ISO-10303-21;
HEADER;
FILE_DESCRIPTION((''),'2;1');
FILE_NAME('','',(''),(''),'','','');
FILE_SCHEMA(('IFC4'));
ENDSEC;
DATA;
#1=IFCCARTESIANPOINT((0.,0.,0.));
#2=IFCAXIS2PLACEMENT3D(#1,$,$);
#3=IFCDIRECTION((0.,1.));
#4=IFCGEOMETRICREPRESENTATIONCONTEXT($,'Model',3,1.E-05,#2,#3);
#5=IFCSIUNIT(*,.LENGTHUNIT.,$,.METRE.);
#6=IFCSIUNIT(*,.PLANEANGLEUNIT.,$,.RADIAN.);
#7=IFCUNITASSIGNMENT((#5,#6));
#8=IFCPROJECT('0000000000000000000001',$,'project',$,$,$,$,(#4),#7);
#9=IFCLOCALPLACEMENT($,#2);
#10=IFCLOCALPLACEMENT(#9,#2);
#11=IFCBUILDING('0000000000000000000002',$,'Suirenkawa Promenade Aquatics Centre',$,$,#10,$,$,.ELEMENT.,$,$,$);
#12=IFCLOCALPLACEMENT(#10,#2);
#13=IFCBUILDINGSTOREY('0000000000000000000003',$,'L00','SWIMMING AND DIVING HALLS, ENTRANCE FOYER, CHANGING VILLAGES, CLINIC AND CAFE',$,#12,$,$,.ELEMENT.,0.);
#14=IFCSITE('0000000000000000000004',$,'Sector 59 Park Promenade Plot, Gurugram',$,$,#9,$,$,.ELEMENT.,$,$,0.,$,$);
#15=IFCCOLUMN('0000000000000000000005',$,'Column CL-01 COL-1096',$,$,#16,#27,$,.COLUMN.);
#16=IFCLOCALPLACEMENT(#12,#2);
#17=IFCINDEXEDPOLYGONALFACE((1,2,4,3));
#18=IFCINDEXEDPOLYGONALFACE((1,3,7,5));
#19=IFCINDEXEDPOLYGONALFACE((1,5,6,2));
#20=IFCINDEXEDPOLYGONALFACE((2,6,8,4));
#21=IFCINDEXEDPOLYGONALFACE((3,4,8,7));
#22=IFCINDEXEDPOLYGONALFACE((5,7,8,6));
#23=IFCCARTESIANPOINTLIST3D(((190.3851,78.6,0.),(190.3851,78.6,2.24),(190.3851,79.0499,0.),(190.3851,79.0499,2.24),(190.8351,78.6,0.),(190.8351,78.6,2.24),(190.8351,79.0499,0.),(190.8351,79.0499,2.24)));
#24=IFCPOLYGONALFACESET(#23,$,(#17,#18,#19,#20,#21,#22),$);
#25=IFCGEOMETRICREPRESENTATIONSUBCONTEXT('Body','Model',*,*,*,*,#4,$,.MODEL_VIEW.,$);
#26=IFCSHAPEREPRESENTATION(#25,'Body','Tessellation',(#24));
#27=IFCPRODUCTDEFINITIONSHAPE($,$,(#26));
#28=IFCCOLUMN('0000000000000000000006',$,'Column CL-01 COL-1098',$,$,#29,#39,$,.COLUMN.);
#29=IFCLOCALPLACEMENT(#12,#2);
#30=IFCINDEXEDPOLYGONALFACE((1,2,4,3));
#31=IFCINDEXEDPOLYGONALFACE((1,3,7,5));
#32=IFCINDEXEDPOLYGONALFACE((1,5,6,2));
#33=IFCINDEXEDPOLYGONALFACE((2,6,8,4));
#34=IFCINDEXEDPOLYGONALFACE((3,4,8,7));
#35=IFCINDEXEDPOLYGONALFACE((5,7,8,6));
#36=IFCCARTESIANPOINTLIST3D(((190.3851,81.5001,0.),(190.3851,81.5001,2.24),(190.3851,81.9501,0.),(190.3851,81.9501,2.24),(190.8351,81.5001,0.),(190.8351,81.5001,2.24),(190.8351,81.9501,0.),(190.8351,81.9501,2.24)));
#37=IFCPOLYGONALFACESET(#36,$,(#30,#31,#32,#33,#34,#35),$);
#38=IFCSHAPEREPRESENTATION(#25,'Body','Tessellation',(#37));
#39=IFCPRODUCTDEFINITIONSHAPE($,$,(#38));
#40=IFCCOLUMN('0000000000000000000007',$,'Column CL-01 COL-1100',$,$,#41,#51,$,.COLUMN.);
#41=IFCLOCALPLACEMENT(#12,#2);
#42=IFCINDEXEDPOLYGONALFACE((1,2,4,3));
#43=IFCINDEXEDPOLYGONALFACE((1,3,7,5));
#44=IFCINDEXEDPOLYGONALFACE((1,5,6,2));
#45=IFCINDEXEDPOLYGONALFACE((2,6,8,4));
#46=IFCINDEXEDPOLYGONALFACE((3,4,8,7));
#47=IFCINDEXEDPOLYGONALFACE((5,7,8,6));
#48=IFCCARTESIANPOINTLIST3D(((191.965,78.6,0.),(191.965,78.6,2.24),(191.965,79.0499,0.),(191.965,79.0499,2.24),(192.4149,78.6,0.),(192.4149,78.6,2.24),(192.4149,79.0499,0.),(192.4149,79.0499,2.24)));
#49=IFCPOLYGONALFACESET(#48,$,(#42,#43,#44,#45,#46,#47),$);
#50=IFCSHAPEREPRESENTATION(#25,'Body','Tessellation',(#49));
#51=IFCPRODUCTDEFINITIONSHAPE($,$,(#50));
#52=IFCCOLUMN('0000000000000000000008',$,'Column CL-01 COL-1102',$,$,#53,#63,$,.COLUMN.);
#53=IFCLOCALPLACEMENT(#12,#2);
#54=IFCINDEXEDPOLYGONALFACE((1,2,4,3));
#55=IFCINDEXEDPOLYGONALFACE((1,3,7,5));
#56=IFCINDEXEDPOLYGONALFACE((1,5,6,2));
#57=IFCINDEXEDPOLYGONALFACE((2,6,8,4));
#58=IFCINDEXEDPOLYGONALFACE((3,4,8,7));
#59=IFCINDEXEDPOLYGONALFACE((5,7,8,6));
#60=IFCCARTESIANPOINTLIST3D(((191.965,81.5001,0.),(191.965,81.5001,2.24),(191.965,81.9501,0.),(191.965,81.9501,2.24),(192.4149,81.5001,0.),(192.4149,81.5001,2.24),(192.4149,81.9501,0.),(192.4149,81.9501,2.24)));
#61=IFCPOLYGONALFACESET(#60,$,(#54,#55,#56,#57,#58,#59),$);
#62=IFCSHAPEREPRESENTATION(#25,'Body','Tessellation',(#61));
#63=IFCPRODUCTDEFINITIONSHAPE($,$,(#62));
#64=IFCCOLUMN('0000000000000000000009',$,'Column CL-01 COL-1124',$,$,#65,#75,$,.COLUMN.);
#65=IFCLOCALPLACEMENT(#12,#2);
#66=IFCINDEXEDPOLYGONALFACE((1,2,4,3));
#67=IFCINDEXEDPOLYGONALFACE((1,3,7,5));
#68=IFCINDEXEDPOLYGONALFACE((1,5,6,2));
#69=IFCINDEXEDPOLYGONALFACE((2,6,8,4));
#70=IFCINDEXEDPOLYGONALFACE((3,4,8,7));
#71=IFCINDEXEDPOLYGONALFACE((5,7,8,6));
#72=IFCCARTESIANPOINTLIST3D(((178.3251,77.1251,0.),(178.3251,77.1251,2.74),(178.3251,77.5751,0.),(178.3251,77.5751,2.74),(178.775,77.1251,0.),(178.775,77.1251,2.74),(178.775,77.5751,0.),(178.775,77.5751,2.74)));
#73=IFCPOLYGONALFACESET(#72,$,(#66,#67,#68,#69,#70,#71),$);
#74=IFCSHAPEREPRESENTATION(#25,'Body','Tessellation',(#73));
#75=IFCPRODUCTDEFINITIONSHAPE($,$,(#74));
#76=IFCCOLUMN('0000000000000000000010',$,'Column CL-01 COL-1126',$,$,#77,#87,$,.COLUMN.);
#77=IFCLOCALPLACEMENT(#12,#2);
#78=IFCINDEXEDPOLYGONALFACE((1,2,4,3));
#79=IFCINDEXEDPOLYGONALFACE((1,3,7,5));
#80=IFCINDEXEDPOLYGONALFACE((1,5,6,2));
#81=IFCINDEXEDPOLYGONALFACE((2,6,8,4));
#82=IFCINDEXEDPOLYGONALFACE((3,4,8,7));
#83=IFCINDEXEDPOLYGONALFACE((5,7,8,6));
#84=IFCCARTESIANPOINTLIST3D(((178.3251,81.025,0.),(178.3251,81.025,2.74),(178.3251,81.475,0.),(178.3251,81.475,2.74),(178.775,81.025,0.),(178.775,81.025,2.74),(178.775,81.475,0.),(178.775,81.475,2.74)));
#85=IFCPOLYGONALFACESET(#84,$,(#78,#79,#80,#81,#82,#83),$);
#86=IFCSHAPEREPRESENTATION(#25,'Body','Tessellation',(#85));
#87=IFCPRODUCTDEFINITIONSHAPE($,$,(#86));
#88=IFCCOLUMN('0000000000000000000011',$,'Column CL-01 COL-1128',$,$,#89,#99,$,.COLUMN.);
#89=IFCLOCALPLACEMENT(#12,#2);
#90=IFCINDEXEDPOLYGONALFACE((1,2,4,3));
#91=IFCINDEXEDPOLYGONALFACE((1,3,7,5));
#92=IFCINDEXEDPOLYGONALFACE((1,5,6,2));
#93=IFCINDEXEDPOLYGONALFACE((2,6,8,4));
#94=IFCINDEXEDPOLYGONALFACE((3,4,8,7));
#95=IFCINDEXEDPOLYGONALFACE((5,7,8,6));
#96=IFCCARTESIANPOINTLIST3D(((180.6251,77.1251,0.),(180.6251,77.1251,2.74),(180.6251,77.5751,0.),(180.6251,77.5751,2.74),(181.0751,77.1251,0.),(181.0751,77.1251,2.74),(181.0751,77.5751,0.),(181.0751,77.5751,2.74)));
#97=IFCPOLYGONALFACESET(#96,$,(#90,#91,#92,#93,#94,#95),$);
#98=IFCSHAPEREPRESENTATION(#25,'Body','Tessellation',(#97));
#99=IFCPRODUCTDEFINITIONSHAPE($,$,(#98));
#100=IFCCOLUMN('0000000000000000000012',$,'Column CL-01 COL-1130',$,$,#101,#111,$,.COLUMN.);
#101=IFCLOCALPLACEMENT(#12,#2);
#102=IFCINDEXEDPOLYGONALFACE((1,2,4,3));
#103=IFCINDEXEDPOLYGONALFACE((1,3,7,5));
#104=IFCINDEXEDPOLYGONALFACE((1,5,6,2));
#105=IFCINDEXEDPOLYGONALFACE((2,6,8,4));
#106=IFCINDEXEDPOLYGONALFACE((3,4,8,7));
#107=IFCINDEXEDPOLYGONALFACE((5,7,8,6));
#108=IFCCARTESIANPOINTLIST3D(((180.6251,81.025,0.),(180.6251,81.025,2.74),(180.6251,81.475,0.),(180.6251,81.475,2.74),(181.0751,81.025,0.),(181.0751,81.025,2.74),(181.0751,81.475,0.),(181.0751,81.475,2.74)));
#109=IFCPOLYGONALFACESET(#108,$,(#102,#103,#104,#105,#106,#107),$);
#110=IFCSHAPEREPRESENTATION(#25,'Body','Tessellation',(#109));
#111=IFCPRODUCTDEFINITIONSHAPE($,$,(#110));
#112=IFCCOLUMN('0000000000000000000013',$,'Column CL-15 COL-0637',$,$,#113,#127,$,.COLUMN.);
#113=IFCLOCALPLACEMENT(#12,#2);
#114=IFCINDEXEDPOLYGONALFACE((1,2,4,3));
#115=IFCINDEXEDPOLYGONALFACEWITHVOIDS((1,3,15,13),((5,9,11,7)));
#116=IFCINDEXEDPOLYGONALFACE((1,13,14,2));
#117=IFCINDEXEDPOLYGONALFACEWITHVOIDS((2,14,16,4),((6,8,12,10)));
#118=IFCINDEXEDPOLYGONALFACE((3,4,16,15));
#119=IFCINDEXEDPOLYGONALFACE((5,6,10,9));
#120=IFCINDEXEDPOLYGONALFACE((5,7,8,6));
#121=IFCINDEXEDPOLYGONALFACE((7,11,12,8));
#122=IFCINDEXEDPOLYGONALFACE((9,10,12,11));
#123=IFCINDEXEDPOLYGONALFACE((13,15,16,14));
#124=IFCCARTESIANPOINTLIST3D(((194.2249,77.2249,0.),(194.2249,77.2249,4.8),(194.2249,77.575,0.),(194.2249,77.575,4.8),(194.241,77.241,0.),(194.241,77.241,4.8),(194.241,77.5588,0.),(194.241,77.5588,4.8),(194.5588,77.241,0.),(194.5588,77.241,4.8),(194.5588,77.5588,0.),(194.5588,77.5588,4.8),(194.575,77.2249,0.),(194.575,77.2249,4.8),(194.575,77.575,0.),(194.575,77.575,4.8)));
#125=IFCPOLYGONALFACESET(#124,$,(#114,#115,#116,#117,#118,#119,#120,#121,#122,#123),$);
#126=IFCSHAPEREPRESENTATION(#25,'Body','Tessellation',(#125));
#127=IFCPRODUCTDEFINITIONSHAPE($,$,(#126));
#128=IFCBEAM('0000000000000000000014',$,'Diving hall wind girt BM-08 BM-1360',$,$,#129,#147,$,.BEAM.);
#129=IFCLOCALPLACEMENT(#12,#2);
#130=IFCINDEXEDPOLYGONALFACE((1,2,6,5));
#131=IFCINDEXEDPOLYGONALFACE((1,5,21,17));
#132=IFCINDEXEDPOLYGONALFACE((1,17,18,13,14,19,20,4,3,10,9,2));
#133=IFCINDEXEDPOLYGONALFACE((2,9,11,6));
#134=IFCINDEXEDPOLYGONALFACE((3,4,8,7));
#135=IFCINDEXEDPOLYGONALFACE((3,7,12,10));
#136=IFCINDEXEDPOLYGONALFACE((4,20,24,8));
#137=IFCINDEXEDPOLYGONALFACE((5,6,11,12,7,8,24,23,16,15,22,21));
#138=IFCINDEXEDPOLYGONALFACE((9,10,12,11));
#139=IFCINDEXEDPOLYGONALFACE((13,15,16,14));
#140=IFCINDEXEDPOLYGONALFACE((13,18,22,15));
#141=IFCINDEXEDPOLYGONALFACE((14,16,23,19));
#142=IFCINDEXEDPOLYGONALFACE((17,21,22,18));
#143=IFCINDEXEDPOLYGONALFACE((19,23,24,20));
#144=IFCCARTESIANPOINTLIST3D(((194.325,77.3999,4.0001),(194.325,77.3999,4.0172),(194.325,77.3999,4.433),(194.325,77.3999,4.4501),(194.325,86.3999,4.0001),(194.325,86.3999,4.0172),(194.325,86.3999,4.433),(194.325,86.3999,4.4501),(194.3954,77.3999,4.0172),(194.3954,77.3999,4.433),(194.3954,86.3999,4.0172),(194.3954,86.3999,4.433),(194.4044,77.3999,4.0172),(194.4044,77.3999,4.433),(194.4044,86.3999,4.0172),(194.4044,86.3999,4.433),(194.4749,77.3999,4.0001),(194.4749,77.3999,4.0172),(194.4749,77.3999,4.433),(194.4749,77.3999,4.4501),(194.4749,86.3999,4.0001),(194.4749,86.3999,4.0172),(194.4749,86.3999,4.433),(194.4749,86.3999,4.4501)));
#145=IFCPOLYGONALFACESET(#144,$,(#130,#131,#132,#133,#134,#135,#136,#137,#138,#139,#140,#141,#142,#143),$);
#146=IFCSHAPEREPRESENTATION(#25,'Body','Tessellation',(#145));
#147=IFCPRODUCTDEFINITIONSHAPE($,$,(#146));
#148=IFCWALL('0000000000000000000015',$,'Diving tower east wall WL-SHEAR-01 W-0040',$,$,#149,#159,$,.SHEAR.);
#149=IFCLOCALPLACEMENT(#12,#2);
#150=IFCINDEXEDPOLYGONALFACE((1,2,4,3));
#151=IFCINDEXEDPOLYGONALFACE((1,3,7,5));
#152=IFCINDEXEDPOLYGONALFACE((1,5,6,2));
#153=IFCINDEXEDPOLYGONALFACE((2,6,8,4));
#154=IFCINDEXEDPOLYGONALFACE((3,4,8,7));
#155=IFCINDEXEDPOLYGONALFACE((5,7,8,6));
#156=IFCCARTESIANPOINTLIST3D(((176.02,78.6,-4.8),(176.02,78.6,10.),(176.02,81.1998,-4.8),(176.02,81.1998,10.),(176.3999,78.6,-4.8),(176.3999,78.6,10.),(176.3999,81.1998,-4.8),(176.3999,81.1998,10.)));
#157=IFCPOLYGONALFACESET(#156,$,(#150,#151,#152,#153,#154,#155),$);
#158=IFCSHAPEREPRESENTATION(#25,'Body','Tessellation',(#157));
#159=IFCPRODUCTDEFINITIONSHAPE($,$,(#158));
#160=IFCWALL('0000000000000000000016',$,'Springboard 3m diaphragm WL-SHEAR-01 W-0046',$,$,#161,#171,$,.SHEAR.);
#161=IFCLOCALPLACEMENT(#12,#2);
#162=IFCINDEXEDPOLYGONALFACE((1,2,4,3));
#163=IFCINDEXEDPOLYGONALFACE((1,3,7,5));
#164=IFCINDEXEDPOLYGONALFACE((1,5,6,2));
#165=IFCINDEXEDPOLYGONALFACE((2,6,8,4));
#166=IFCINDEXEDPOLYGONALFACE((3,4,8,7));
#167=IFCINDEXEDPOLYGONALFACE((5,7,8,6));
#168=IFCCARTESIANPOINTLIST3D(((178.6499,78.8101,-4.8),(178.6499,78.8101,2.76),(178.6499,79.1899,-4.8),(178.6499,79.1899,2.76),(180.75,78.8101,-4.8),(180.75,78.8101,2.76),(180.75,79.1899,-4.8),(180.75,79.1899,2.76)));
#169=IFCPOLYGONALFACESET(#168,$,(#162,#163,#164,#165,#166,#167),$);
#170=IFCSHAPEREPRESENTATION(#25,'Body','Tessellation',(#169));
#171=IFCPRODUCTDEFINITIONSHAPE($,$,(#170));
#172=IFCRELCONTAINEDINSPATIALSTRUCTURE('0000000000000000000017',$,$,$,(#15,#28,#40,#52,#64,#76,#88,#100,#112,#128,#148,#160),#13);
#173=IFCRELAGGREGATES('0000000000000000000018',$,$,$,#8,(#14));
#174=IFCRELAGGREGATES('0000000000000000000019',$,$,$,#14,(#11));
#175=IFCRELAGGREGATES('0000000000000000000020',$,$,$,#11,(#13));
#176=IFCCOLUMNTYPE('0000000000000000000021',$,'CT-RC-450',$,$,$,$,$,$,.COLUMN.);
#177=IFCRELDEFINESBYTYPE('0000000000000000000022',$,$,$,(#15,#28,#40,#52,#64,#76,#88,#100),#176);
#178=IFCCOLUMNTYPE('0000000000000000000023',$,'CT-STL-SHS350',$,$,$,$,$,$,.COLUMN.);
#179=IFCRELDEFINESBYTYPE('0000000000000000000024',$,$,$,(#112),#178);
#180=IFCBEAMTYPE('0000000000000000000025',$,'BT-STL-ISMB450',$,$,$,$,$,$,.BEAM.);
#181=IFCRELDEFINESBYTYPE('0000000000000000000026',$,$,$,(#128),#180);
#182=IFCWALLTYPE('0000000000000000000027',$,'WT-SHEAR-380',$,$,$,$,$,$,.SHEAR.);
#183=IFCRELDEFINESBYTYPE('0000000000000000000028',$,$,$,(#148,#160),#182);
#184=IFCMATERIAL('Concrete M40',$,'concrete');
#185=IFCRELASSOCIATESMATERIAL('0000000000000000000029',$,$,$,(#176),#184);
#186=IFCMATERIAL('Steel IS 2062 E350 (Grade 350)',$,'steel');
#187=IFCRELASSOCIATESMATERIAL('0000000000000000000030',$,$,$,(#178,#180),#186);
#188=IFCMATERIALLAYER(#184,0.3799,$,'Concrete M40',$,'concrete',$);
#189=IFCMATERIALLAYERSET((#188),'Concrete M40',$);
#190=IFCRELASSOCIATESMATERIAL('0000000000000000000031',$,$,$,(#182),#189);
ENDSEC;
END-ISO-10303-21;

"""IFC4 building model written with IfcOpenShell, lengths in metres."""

from ifc_helpers import new_model, si_unit, direction, frame, frame_2d, origin, origin_2d, place, context, subcontext, project, spatial, rectangle, hollow_rectangle, i_section, extrude, material, layer, layer_set, material_profile, profile_set, type_object, element, save


model = new_model("IFC4")

# Units and contexts
model_context = context("Model", 3, precision=1e-05, world=origin(), true_north=direction((0.0, 1.0)))
body_context = subcontext(model_context, "Body", "Model", "MODEL_VIEW")
ifc_project = project(units=[si_unit("LENGTHUNIT", "METRE"), si_unit("PLANEANGLEUNIT", "RADIAN")], contexts=[model_context])

# Site, building, storey
site_placement = place(None, origin())
site = spatial("IfcSite", under=ifc_project, at=site_placement, Name="Sector 59 Park Promenade Plot, Gurugram", CompositionType="ELEMENT", RefElevation=0.0)
building_placement = place(site_placement, origin())
building = spatial("IfcBuilding", under=site, at=building_placement, Name="Suirenkawa Promenade Aquatics Centre", CompositionType="ELEMENT")
storey_placement = place(building_placement, origin())
storey = spatial("IfcBuildingStorey", under=building, at=storey_placement, Name="L00", Description="SWIMMING AND DIVING HALLS, ENTRANCE FOYER, CHANGING VILLAGES, CLINIC AND CAFE", CompositionType="ELEMENT", Elevation=0.0)

# Columns
ifc_material_1 = material(Name="Concrete M40", Category="concrete")
ifc_material_profile_1 = material_profile(ifc_material_1, rectangle(XDim=0.45, YDim=0.45, at=origin_2d()), Name="RC COL 450x450", Category="concrete")
ifc_profile_set_1 = profile_set([ifc_material_profile_1], Name="Concrete M40")
column_type_1 = type_object("IfcColumnType", Name="CT-RC-450", PredefinedType="COLUMN", material=ifc_profile_set_1)
for number, where, z_axis, x_axis, name in (
    (1, (190.6101, 78.825, 0.0), (0.0, 0.0, 1.0), (1.0, 0.0, 0.0), "Column CL-01 COL-1096"),
    (2, (190.6101, 81.7251, 0.0), (0.0, 0.0, 1.0), (1.0, 0.0, 0.0), "Column CL-01 COL-1098"),
    (3, (192.1899, 78.825, 0.0), (0.0, 0.0, 1.0), (1.0, 0.0, 0.0), "Column CL-01 COL-1100"),
    (4, (192.1899, 81.7251, 0.0), (0.0, 0.0, 1.0), (1.0, 0.0, 0.0), "Column CL-01 COL-1102"),
):
    element("IfcColumn", number, at=place(storey_placement, frame(where, z_axis=z_axis, x_axis=x_axis)), inside=storey, type_object=column_type_1, Name=name, PredefinedType="COLUMN", context=body_context, shape_type="SweptSolid", body=[
        extrude(rectangle(XDim=0.45, YDim=0.45, at=origin_2d()), origin(), (0.0, 0.0, 1.0), 2.24),
    ])
for number, where, z_axis, x_axis, name in (
    (5, (178.55, 77.3501, 0.0), (0.0, 0.0, 1.0), (1.0, 0.0, 0.0), "Column CL-01 COL-1124"),
    (6, (178.55, 81.25, 0.0), (0.0, 0.0, 1.0), (1.0, 0.0, 0.0), "Column CL-01 COL-1126"),
    (7, (180.8501, 77.3501, 0.0), (0.0, 0.0, 1.0), (1.0, 0.0, 0.0), "Column CL-01 COL-1128"),
    (8, (180.8501, 81.25, 0.0), (0.0, 0.0, 1.0), (1.0, 0.0, 0.0), "Column CL-01 COL-1130"),
):
    element("IfcColumn", number, at=place(storey_placement, frame(where, z_axis=z_axis, x_axis=x_axis)), inside=storey, type_object=column_type_1, Name=name, PredefinedType="COLUMN", context=body_context, shape_type="SweptSolid", body=[
        extrude(rectangle(XDim=0.45, YDim=0.45, at=origin_2d()), origin(), (0.0, 0.0, 1.0), 2.74),
    ])
ifc_material_2 = material(Name="Steel IS 2062 E350 (Grade 350)", Category="steel")
ifc_material_profile_2 = material_profile(ifc_material_2, hollow_rectangle(XDim=0.3501, YDim=0.3501, WallThickness=0.0161, at=origin_2d()), Name="SHS 350x350x16", Category="steel")
ifc_profile_set_2 = profile_set([ifc_material_profile_2], Name="Steel IS 2062 E350 (Grade 350)")
column_type_2 = type_object("IfcColumnType", Name="CT-STL-SHS350", PredefinedType="COLUMN", material=ifc_profile_set_2)
column_placement = place(storey_placement, frame((194.3999, 77.3999, 0.0), z_axis=(0.0, 0.0, 1.0), x_axis=(1.0, 0.0, 0.0)))
element("IfcColumn", 9, at=column_placement, inside=storey, type_object=column_type_2, Name="Column CL-15 COL-0637", PredefinedType="COLUMN", context=body_context, shape_type="SweptSolid", body=[
    extrude(hollow_rectangle(XDim=0.3501, YDim=0.3501, WallThickness=0.0161, at=origin_2d()), origin(), (0.0, 0.0, 1.0), 4.8),
])

# Beam
ifc_material_profile_3 = material_profile(ifc_material_2, i_section(OverallWidth=0.1499, OverallDepth=0.45, WebThickness=0.009, FlangeThickness=0.0171, at=origin_2d()), Name="ISMB 450", Category="steel")
ifc_profile_set_3 = profile_set([ifc_material_profile_3], Name="Steel IS 2062 E350 (Grade 350)")
beam_type = type_object("IfcBeamType", Name="BT-STL-ISMB450", PredefinedType="BEAM", material=ifc_profile_set_3)
beam_placement = place(storey_placement, frame((194.3999, 77.3999, 4.2251), z_axis=(0.0, 1.0, 0.0), x_axis=(-1.0, 0.0, 0.0)))
element("IfcBeam", 10, at=beam_placement, inside=storey, type_object=beam_type, Name="Diving hall wind girt BM-08 BM-1360", PredefinedType="BEAM", context=body_context, shape_type="SweptSolid", body=[
    extrude(i_section(OverallWidth=0.1499, OverallDepth=0.45, WebThickness=0.009, FlangeThickness=0.0171, at=origin_2d()), origin(), (0.0, 0.0, 1.0), 9.0),
])

# Walls
ifc_layer = layer(ifc_material_1, 0.3799, Name="Concrete M40", Category="concrete")
ifc_layer_set = layer_set([ifc_layer], Name="Concrete M40")
wall_type = type_object("IfcWallType", Name="WT-SHEAR-380", PredefinedType="SHEAR", material=ifc_layer_set)
wall_1_placement = place(storey_placement, frame((176.21, 78.6001, -4.8), z_axis=(0.0, 0.0, 1.0), x_axis=(0.0, 1.0, 0.0)))
element("IfcWall", 11, at=wall_1_placement, inside=storey, type_object=wall_type, Name="Diving tower east wall WL-SHEAR-01 W-0040", PredefinedType="SHEAR", context=body_context, shape_type="SweptSolid", body=[
    extrude(rectangle(XDim=2.5999, YDim=0.3799, at=frame_2d((1.2998, 0.0))), origin(), (0.0, 0.0, 1.0), 14.8),
])
wall_2_placement = place(storey_placement, frame((178.6499, 79.0, -4.8), z_axis=(0.0, 0.0, 1.0), x_axis=(1.0, 0.0, 0.0)))
element("IfcWall", 12, at=wall_2_placement, inside=storey, type_object=wall_type, Name="Springboard 3m diaphragm WL-SHEAR-01 W-0046", PredefinedType="SHEAR", context=body_context, shape_type="SweptSolid", body=[
    extrude(rectangle(XDim=2.1001, YDim=0.3799, at=frame_2d((1.05, 0.0))), origin(), (0.0, 0.0, 1.0), 7.5601),
])

save(model, "model.ifc")
